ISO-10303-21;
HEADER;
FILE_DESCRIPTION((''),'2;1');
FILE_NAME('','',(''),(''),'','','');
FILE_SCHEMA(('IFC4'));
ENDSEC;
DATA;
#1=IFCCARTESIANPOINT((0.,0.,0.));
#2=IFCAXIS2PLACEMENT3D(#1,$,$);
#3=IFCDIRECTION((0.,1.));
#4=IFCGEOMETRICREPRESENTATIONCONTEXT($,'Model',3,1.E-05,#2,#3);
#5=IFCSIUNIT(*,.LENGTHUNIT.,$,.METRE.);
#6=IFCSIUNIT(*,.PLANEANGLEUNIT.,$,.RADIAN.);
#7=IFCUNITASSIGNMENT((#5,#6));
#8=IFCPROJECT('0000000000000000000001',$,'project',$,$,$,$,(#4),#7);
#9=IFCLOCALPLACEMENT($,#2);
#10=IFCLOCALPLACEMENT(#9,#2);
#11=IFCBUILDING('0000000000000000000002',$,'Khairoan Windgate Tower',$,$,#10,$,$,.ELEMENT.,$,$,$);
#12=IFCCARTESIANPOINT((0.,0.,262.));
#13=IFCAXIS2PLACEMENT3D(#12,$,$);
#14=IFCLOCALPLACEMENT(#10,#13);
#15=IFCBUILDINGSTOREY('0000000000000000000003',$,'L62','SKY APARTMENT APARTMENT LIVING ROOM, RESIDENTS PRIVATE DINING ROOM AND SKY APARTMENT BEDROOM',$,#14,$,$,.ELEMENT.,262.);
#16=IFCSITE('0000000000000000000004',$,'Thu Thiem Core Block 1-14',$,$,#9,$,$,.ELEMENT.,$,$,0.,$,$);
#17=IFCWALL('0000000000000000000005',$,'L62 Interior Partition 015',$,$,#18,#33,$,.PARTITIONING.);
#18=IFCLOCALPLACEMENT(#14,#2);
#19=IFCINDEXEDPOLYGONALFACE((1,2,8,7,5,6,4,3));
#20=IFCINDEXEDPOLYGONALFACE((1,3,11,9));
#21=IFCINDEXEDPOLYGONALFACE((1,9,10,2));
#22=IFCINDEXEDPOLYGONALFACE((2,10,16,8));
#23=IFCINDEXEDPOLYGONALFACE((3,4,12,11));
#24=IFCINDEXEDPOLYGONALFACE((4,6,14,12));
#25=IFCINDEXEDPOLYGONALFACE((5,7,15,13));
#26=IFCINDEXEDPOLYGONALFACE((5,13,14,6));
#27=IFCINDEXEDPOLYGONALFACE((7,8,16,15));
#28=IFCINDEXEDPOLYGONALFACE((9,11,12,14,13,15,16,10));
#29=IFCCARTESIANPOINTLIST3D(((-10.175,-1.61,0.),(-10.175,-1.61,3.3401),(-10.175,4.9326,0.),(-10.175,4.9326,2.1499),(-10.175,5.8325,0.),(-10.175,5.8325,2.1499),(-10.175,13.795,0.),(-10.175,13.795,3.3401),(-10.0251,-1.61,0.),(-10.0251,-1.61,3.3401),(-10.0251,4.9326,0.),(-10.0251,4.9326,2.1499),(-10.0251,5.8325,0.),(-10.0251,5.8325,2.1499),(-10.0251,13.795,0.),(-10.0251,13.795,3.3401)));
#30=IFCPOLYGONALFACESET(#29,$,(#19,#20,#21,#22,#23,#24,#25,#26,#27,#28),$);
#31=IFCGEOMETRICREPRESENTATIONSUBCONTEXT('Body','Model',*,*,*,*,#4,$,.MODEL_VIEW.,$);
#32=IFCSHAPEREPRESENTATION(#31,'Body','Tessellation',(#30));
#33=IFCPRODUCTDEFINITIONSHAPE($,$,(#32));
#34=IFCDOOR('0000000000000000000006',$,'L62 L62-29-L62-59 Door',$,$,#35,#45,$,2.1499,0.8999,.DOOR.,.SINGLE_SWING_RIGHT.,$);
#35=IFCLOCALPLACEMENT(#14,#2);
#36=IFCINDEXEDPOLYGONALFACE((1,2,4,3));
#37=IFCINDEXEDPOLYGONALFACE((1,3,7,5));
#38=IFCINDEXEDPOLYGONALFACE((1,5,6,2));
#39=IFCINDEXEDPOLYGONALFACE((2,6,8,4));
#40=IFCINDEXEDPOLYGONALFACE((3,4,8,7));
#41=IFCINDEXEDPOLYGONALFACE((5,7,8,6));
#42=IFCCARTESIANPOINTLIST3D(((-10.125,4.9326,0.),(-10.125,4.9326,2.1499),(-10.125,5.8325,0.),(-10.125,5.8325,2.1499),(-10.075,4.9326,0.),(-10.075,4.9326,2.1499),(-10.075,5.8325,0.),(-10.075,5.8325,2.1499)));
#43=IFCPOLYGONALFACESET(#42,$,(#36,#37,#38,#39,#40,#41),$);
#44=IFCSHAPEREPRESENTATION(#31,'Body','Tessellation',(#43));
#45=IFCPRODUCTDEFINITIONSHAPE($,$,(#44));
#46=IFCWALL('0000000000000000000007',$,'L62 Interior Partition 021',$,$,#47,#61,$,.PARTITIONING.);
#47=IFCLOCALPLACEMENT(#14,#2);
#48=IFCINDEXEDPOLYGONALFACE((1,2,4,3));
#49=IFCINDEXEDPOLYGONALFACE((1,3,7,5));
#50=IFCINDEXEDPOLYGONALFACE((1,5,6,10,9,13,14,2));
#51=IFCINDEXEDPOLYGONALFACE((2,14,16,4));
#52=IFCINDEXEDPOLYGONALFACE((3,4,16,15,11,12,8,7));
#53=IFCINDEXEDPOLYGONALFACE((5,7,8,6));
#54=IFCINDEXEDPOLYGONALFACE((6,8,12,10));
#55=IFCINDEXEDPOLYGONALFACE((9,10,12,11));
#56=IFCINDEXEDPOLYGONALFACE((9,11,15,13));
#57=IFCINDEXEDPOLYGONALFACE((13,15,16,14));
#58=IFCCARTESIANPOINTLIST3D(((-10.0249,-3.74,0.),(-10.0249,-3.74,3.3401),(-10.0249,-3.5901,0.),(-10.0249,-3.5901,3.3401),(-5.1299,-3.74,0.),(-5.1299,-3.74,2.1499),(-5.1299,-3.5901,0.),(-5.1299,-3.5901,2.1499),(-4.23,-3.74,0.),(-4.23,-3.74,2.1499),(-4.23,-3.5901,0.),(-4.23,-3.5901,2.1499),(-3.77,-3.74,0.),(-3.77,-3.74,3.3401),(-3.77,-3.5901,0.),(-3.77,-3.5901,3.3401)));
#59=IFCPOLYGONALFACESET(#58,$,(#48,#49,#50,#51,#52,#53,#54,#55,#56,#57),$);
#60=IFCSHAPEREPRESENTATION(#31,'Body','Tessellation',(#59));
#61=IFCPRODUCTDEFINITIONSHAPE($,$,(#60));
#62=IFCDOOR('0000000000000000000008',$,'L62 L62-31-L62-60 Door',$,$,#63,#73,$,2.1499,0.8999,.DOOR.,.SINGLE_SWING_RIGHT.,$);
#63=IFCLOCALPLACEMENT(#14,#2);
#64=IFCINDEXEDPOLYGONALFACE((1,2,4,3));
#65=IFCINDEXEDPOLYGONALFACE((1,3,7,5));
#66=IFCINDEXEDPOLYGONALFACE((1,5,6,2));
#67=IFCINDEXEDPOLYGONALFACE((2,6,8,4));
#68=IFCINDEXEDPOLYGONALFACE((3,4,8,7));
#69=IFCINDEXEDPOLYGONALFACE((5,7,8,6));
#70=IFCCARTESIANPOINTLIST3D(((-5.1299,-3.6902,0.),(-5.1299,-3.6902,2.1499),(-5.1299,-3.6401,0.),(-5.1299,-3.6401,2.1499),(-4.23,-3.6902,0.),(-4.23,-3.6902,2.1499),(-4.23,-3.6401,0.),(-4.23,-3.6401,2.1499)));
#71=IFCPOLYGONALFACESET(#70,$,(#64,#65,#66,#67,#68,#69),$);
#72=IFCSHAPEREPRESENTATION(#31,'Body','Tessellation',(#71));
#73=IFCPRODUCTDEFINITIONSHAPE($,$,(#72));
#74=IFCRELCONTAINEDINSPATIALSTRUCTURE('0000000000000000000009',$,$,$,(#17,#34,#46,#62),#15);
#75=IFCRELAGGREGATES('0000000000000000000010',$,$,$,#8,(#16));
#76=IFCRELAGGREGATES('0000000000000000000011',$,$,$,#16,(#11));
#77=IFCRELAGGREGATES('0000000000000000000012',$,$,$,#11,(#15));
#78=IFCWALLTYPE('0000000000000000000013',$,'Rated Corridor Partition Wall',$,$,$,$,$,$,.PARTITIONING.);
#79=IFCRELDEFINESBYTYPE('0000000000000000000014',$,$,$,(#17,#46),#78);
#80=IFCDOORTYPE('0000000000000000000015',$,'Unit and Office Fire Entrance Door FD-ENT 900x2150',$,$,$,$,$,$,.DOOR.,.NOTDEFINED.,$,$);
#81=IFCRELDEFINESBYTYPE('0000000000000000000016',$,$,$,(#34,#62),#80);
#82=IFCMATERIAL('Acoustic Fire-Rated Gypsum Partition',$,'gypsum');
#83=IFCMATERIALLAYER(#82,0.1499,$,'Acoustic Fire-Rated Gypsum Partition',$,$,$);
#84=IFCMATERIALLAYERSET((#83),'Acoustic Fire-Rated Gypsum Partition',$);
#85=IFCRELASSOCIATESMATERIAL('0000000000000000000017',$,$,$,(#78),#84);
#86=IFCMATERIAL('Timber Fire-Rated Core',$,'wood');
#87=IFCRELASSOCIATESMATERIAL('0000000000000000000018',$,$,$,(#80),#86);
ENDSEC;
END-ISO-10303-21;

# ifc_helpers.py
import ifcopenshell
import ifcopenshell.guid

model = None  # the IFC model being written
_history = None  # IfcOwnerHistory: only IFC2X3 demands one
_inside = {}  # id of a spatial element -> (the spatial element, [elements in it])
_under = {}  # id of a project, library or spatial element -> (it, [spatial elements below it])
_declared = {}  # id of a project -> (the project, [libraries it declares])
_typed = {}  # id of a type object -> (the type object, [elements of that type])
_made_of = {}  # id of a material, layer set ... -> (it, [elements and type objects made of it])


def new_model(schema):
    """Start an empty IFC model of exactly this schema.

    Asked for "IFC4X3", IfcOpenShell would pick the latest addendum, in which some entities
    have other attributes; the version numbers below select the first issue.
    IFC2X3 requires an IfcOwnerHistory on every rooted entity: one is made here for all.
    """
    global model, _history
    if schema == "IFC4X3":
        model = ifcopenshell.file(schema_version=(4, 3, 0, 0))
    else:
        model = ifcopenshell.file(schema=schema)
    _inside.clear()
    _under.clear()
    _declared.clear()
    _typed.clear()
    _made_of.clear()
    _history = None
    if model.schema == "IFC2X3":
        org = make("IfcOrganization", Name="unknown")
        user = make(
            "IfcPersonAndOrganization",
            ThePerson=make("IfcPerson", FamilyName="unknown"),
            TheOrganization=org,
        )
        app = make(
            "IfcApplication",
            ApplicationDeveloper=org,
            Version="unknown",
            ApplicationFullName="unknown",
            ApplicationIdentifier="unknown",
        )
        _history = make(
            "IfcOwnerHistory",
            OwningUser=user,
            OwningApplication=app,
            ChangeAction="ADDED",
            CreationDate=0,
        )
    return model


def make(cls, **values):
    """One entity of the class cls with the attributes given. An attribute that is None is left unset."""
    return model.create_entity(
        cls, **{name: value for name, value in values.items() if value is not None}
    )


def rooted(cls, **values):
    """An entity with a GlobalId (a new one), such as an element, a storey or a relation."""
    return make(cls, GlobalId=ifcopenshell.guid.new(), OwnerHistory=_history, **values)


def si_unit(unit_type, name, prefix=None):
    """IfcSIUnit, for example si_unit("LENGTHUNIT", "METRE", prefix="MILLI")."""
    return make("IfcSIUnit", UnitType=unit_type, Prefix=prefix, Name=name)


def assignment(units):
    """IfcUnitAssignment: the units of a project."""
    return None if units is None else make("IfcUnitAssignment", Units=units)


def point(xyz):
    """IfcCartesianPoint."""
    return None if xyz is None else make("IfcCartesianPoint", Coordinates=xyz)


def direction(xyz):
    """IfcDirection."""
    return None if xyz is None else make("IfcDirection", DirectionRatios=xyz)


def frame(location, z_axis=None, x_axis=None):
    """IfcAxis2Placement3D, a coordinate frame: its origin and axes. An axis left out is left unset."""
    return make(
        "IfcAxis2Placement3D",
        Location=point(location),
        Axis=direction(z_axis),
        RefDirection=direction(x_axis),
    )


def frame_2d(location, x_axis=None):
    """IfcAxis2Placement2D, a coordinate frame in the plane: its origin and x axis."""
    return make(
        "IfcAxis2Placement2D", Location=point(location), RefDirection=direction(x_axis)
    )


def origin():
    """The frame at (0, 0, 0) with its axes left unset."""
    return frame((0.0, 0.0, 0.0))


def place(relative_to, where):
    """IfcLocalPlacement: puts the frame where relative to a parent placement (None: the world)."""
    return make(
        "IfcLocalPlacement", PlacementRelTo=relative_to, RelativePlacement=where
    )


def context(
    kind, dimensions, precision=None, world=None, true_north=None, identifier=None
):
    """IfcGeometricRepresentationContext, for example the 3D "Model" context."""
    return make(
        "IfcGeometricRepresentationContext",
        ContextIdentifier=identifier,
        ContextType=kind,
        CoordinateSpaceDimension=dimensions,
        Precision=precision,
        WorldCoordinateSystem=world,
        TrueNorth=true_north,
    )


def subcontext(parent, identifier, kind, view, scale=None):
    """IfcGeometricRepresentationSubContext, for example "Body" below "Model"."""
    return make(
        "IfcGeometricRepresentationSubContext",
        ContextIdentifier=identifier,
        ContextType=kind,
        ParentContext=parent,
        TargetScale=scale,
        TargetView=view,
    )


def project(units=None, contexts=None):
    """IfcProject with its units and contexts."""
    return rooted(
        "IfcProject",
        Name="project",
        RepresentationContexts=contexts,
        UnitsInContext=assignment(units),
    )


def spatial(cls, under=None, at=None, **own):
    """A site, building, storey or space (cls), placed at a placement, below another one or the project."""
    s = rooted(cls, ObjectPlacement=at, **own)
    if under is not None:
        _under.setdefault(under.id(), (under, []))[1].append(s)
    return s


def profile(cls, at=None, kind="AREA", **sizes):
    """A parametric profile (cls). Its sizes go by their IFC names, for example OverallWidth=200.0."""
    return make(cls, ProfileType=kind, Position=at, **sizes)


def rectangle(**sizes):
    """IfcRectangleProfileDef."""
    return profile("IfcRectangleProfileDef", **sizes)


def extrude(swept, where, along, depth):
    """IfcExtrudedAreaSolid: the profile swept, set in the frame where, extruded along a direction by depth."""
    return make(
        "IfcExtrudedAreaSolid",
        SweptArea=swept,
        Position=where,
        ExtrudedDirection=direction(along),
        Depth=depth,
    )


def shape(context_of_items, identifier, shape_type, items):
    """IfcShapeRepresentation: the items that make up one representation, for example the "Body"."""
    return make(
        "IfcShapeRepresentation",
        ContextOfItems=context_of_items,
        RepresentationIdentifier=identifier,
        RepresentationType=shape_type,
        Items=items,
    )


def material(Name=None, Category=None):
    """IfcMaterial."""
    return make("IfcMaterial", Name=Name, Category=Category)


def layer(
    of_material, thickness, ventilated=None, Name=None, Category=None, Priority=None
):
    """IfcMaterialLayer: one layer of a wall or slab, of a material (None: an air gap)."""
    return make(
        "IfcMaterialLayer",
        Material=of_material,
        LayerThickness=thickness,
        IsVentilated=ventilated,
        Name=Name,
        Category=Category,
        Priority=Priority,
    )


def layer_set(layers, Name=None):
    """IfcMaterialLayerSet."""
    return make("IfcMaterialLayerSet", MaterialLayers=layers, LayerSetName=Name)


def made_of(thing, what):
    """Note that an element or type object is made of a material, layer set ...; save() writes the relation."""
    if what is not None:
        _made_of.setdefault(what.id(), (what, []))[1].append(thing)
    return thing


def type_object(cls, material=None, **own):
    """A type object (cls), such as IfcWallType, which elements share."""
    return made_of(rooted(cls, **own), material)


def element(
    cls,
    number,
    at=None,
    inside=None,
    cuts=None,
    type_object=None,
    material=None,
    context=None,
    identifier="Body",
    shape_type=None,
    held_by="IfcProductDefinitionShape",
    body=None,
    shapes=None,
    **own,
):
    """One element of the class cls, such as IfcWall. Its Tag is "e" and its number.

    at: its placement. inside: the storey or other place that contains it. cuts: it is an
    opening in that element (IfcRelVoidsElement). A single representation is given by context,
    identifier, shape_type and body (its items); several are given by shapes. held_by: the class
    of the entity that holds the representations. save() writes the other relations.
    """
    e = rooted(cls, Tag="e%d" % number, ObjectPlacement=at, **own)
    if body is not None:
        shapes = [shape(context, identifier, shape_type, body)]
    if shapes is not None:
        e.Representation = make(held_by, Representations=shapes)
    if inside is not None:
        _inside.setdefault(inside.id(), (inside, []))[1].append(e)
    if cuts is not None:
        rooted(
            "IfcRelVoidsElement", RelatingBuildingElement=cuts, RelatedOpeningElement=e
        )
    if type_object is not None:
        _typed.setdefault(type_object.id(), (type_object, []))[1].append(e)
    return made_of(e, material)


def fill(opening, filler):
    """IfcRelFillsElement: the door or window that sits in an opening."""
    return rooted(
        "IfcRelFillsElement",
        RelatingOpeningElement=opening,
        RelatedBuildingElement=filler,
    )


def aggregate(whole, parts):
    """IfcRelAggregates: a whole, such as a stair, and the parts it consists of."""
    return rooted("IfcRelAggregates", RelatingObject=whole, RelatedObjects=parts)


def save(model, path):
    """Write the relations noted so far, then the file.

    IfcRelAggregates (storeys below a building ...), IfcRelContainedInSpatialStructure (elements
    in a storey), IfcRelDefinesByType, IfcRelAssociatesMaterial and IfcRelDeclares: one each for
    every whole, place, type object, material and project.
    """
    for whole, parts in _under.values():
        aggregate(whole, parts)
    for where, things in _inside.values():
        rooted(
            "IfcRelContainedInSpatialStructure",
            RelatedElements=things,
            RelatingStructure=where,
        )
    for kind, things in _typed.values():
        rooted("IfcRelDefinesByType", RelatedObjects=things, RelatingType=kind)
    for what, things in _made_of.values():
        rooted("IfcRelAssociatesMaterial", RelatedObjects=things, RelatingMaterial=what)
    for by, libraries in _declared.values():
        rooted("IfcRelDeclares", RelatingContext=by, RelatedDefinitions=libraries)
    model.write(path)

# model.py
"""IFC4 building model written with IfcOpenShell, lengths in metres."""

from ifc_helpers import new_model, si_unit, direction, frame, frame_2d, origin, place, context, subcontext, project, spatial, rectangle, extrude, material, layer, layer_set, type_object, element, fill, save


model = new_model("IFC4")

# Units and contexts
model_context = context("Model", 3, precision=1e-05, world=origin(), true_north=direction((0.0, 1.0)))
body_context = subcontext(model_context, "Body", "Model", "MODEL_VIEW")
ifc_project = project(units=[si_unit("LENGTHUNIT", "METRE"), si_unit("PLANEANGLEUNIT", "RADIAN")], contexts=[model_context])

# Site, building, storey
site_placement = place(None, origin())
site = spatial("IfcSite", under=ifc_project, at=site_placement, Name="Thu Thiem Core Block 1-14", CompositionType="ELEMENT", RefElevation=0.0)
building_placement = place(site_placement, origin())
building = spatial("IfcBuilding", under=site, at=building_placement, Name="Khairoan Windgate Tower", CompositionType="ELEMENT")
storey_placement = place(building_placement, frame((0.0, 0.0, 262.0)))
storey = spatial("IfcBuildingStorey", under=building, at=storey_placement, Name="L62", Description="SKY APARTMENT APARTMENT LIVING ROOM, RESIDENTS PRIVATE DINING ROOM AND SKY APARTMENT BEDROOM", CompositionType="ELEMENT", Elevation=262.0)

# Walls, openings, doors
ifc_material_1 = material(Name="Acoustic Fire-Rated Gypsum Partition", Category="gypsum")
ifc_layer_1 = layer(ifc_material_1, 0.1499, Name="Acoustic Fire-Rated Gypsum Partition")
ifc_layer_set_1 = layer_set([ifc_layer_1], Name="Acoustic Fire-Rated Gypsum Partition")
wall_type_1 = type_object("IfcWallType", Name="Rated Corridor Partition Wall", PredefinedType="PARTITIONING", material=ifc_layer_set_1)
wall_1_placement = place(storey_placement, frame((-10.1001, -1.6101, 0.0), z_axis=(0.0, 0.0, 1.0), x_axis=(0.0, 1.0, 0.0)))
wall_1 = element("IfcWall", 1, at=wall_1_placement, inside=storey, type_object=wall_type_1, Name="L62 Interior Partition 015", PredefinedType="PARTITIONING", context=body_context, shape_type="SweptSolid", body=[
    extrude(rectangle(XDim=15.405, YDim=0.1499, at=frame_2d((7.7026, 0.0))), origin(), (0.0, 0.0, 1.0), 3.3401),
])
opening_1_placement = place(wall_1_placement, frame((6.5427, 0.0, 0.0)))
opening_1 = element("IfcOpeningElement", 2, at=opening_1_placement, cuts=wall_1, PredefinedType="OPENING", context=body_context, shape_type="SweptSolid", body=[
    extrude(rectangle(XDim=0.8999, YDim=2.1499, at=frame_2d((0.45, 1.075))), frame((0.0, 0.085, 0.0), z_axis=(0.0, -1.0, 0.0), x_axis=(1.0, 0.0, 0.0)), (0.0, 0.0, 1.0), 0.1699),
])
ifc_material_2 = material(Name="Timber Fire-Rated Core", Category="wood")
door_type_1 = type_object("IfcDoorType", Name="Unit and Office Fire Entrance Door FD-ENT 900x2150", OperationType="NOTDEFINED", PredefinedType="DOOR", material=ifc_material_2)
door_1_placement = place(opening_1_placement, origin())
door_1 = element("IfcDoor", 3, at=door_1_placement, inside=storey, type_object=door_type_1, Name="L62 L62-29-L62-59 Door", OperationType="SINGLE_SWING_RIGHT", OverallHeight=2.1499, OverallWidth=0.8999, PredefinedType="DOOR", context=body_context, shape_type="SweptSolid", body=[
    extrude(rectangle(XDim=0.8999, YDim=2.1499, at=frame_2d((0.45, 1.075))), frame((0.0, 0.0249, 0.0), z_axis=(0.0, -1.0, 0.0), x_axis=(1.0, 0.0, 0.0)), (0.0, 0.0, 1.0), 0.05),
])
fill(opening_1, door_1)
wall_2_placement = place(storey_placement, frame((-10.0249, -3.665, 0.0), z_axis=(0.0, 0.0, 1.0), x_axis=(1.0, 0.0, 0.0)))
wall_2 = element("IfcWall", 4, at=wall_2_placement, inside=storey, type_object=wall_type_1, Name="L62 Interior Partition 021", PredefinedType="PARTITIONING", context=body_context, shape_type="SweptSolid", body=[
    extrude(rectangle(XDim=6.2549, YDim=0.1499, at=frame_2d((3.1274, 0.0))), origin(), (0.0, 0.0, 1.0), 3.3401),
])
opening_2_placement = place(wall_2_placement, frame((4.895, 0.0, 0.0)))
opening_2 = element("IfcOpeningElement", 5, at=opening_2_placement, cuts=wall_2, PredefinedType="OPENING", context=body_context, shape_type="SweptSolid", body=[
    extrude(rectangle(XDim=0.8999, YDim=2.1499, at=frame_2d((0.45, 1.075))), frame((0.0, 0.085, 0.0), z_axis=(0.0, -1.0, 0.0), x_axis=(1.0, 0.0, 0.0)), (0.0, 0.0, 1.0), 0.1699),
])
door_2_placement = place(opening_2_placement, origin())
door_2 = element("IfcDoor", 6, at=door_2_placement, inside=storey, type_object=door_type_1, Name="L62 L62-31-L62-60 Door", OperationType="SINGLE_SWING_RIGHT", OverallHeight=2.1499, OverallWidth=0.8999, PredefinedType="DOOR", context=body_context, shape_type="SweptSolid", body=[
    extrude(rectangle(XDim=0.8999, YDim=2.1499, at=frame_2d((0.45, 1.075))), frame((0.0, 0.0249, 0.0), z_axis=(0.0, -1.0, 0.0), x_axis=(1.0, 0.0, 0.0)), (0.0, 0.0, 1.0), 0.05),
])
fill(opening_2, door_2)

save(model, "model.ifc")
